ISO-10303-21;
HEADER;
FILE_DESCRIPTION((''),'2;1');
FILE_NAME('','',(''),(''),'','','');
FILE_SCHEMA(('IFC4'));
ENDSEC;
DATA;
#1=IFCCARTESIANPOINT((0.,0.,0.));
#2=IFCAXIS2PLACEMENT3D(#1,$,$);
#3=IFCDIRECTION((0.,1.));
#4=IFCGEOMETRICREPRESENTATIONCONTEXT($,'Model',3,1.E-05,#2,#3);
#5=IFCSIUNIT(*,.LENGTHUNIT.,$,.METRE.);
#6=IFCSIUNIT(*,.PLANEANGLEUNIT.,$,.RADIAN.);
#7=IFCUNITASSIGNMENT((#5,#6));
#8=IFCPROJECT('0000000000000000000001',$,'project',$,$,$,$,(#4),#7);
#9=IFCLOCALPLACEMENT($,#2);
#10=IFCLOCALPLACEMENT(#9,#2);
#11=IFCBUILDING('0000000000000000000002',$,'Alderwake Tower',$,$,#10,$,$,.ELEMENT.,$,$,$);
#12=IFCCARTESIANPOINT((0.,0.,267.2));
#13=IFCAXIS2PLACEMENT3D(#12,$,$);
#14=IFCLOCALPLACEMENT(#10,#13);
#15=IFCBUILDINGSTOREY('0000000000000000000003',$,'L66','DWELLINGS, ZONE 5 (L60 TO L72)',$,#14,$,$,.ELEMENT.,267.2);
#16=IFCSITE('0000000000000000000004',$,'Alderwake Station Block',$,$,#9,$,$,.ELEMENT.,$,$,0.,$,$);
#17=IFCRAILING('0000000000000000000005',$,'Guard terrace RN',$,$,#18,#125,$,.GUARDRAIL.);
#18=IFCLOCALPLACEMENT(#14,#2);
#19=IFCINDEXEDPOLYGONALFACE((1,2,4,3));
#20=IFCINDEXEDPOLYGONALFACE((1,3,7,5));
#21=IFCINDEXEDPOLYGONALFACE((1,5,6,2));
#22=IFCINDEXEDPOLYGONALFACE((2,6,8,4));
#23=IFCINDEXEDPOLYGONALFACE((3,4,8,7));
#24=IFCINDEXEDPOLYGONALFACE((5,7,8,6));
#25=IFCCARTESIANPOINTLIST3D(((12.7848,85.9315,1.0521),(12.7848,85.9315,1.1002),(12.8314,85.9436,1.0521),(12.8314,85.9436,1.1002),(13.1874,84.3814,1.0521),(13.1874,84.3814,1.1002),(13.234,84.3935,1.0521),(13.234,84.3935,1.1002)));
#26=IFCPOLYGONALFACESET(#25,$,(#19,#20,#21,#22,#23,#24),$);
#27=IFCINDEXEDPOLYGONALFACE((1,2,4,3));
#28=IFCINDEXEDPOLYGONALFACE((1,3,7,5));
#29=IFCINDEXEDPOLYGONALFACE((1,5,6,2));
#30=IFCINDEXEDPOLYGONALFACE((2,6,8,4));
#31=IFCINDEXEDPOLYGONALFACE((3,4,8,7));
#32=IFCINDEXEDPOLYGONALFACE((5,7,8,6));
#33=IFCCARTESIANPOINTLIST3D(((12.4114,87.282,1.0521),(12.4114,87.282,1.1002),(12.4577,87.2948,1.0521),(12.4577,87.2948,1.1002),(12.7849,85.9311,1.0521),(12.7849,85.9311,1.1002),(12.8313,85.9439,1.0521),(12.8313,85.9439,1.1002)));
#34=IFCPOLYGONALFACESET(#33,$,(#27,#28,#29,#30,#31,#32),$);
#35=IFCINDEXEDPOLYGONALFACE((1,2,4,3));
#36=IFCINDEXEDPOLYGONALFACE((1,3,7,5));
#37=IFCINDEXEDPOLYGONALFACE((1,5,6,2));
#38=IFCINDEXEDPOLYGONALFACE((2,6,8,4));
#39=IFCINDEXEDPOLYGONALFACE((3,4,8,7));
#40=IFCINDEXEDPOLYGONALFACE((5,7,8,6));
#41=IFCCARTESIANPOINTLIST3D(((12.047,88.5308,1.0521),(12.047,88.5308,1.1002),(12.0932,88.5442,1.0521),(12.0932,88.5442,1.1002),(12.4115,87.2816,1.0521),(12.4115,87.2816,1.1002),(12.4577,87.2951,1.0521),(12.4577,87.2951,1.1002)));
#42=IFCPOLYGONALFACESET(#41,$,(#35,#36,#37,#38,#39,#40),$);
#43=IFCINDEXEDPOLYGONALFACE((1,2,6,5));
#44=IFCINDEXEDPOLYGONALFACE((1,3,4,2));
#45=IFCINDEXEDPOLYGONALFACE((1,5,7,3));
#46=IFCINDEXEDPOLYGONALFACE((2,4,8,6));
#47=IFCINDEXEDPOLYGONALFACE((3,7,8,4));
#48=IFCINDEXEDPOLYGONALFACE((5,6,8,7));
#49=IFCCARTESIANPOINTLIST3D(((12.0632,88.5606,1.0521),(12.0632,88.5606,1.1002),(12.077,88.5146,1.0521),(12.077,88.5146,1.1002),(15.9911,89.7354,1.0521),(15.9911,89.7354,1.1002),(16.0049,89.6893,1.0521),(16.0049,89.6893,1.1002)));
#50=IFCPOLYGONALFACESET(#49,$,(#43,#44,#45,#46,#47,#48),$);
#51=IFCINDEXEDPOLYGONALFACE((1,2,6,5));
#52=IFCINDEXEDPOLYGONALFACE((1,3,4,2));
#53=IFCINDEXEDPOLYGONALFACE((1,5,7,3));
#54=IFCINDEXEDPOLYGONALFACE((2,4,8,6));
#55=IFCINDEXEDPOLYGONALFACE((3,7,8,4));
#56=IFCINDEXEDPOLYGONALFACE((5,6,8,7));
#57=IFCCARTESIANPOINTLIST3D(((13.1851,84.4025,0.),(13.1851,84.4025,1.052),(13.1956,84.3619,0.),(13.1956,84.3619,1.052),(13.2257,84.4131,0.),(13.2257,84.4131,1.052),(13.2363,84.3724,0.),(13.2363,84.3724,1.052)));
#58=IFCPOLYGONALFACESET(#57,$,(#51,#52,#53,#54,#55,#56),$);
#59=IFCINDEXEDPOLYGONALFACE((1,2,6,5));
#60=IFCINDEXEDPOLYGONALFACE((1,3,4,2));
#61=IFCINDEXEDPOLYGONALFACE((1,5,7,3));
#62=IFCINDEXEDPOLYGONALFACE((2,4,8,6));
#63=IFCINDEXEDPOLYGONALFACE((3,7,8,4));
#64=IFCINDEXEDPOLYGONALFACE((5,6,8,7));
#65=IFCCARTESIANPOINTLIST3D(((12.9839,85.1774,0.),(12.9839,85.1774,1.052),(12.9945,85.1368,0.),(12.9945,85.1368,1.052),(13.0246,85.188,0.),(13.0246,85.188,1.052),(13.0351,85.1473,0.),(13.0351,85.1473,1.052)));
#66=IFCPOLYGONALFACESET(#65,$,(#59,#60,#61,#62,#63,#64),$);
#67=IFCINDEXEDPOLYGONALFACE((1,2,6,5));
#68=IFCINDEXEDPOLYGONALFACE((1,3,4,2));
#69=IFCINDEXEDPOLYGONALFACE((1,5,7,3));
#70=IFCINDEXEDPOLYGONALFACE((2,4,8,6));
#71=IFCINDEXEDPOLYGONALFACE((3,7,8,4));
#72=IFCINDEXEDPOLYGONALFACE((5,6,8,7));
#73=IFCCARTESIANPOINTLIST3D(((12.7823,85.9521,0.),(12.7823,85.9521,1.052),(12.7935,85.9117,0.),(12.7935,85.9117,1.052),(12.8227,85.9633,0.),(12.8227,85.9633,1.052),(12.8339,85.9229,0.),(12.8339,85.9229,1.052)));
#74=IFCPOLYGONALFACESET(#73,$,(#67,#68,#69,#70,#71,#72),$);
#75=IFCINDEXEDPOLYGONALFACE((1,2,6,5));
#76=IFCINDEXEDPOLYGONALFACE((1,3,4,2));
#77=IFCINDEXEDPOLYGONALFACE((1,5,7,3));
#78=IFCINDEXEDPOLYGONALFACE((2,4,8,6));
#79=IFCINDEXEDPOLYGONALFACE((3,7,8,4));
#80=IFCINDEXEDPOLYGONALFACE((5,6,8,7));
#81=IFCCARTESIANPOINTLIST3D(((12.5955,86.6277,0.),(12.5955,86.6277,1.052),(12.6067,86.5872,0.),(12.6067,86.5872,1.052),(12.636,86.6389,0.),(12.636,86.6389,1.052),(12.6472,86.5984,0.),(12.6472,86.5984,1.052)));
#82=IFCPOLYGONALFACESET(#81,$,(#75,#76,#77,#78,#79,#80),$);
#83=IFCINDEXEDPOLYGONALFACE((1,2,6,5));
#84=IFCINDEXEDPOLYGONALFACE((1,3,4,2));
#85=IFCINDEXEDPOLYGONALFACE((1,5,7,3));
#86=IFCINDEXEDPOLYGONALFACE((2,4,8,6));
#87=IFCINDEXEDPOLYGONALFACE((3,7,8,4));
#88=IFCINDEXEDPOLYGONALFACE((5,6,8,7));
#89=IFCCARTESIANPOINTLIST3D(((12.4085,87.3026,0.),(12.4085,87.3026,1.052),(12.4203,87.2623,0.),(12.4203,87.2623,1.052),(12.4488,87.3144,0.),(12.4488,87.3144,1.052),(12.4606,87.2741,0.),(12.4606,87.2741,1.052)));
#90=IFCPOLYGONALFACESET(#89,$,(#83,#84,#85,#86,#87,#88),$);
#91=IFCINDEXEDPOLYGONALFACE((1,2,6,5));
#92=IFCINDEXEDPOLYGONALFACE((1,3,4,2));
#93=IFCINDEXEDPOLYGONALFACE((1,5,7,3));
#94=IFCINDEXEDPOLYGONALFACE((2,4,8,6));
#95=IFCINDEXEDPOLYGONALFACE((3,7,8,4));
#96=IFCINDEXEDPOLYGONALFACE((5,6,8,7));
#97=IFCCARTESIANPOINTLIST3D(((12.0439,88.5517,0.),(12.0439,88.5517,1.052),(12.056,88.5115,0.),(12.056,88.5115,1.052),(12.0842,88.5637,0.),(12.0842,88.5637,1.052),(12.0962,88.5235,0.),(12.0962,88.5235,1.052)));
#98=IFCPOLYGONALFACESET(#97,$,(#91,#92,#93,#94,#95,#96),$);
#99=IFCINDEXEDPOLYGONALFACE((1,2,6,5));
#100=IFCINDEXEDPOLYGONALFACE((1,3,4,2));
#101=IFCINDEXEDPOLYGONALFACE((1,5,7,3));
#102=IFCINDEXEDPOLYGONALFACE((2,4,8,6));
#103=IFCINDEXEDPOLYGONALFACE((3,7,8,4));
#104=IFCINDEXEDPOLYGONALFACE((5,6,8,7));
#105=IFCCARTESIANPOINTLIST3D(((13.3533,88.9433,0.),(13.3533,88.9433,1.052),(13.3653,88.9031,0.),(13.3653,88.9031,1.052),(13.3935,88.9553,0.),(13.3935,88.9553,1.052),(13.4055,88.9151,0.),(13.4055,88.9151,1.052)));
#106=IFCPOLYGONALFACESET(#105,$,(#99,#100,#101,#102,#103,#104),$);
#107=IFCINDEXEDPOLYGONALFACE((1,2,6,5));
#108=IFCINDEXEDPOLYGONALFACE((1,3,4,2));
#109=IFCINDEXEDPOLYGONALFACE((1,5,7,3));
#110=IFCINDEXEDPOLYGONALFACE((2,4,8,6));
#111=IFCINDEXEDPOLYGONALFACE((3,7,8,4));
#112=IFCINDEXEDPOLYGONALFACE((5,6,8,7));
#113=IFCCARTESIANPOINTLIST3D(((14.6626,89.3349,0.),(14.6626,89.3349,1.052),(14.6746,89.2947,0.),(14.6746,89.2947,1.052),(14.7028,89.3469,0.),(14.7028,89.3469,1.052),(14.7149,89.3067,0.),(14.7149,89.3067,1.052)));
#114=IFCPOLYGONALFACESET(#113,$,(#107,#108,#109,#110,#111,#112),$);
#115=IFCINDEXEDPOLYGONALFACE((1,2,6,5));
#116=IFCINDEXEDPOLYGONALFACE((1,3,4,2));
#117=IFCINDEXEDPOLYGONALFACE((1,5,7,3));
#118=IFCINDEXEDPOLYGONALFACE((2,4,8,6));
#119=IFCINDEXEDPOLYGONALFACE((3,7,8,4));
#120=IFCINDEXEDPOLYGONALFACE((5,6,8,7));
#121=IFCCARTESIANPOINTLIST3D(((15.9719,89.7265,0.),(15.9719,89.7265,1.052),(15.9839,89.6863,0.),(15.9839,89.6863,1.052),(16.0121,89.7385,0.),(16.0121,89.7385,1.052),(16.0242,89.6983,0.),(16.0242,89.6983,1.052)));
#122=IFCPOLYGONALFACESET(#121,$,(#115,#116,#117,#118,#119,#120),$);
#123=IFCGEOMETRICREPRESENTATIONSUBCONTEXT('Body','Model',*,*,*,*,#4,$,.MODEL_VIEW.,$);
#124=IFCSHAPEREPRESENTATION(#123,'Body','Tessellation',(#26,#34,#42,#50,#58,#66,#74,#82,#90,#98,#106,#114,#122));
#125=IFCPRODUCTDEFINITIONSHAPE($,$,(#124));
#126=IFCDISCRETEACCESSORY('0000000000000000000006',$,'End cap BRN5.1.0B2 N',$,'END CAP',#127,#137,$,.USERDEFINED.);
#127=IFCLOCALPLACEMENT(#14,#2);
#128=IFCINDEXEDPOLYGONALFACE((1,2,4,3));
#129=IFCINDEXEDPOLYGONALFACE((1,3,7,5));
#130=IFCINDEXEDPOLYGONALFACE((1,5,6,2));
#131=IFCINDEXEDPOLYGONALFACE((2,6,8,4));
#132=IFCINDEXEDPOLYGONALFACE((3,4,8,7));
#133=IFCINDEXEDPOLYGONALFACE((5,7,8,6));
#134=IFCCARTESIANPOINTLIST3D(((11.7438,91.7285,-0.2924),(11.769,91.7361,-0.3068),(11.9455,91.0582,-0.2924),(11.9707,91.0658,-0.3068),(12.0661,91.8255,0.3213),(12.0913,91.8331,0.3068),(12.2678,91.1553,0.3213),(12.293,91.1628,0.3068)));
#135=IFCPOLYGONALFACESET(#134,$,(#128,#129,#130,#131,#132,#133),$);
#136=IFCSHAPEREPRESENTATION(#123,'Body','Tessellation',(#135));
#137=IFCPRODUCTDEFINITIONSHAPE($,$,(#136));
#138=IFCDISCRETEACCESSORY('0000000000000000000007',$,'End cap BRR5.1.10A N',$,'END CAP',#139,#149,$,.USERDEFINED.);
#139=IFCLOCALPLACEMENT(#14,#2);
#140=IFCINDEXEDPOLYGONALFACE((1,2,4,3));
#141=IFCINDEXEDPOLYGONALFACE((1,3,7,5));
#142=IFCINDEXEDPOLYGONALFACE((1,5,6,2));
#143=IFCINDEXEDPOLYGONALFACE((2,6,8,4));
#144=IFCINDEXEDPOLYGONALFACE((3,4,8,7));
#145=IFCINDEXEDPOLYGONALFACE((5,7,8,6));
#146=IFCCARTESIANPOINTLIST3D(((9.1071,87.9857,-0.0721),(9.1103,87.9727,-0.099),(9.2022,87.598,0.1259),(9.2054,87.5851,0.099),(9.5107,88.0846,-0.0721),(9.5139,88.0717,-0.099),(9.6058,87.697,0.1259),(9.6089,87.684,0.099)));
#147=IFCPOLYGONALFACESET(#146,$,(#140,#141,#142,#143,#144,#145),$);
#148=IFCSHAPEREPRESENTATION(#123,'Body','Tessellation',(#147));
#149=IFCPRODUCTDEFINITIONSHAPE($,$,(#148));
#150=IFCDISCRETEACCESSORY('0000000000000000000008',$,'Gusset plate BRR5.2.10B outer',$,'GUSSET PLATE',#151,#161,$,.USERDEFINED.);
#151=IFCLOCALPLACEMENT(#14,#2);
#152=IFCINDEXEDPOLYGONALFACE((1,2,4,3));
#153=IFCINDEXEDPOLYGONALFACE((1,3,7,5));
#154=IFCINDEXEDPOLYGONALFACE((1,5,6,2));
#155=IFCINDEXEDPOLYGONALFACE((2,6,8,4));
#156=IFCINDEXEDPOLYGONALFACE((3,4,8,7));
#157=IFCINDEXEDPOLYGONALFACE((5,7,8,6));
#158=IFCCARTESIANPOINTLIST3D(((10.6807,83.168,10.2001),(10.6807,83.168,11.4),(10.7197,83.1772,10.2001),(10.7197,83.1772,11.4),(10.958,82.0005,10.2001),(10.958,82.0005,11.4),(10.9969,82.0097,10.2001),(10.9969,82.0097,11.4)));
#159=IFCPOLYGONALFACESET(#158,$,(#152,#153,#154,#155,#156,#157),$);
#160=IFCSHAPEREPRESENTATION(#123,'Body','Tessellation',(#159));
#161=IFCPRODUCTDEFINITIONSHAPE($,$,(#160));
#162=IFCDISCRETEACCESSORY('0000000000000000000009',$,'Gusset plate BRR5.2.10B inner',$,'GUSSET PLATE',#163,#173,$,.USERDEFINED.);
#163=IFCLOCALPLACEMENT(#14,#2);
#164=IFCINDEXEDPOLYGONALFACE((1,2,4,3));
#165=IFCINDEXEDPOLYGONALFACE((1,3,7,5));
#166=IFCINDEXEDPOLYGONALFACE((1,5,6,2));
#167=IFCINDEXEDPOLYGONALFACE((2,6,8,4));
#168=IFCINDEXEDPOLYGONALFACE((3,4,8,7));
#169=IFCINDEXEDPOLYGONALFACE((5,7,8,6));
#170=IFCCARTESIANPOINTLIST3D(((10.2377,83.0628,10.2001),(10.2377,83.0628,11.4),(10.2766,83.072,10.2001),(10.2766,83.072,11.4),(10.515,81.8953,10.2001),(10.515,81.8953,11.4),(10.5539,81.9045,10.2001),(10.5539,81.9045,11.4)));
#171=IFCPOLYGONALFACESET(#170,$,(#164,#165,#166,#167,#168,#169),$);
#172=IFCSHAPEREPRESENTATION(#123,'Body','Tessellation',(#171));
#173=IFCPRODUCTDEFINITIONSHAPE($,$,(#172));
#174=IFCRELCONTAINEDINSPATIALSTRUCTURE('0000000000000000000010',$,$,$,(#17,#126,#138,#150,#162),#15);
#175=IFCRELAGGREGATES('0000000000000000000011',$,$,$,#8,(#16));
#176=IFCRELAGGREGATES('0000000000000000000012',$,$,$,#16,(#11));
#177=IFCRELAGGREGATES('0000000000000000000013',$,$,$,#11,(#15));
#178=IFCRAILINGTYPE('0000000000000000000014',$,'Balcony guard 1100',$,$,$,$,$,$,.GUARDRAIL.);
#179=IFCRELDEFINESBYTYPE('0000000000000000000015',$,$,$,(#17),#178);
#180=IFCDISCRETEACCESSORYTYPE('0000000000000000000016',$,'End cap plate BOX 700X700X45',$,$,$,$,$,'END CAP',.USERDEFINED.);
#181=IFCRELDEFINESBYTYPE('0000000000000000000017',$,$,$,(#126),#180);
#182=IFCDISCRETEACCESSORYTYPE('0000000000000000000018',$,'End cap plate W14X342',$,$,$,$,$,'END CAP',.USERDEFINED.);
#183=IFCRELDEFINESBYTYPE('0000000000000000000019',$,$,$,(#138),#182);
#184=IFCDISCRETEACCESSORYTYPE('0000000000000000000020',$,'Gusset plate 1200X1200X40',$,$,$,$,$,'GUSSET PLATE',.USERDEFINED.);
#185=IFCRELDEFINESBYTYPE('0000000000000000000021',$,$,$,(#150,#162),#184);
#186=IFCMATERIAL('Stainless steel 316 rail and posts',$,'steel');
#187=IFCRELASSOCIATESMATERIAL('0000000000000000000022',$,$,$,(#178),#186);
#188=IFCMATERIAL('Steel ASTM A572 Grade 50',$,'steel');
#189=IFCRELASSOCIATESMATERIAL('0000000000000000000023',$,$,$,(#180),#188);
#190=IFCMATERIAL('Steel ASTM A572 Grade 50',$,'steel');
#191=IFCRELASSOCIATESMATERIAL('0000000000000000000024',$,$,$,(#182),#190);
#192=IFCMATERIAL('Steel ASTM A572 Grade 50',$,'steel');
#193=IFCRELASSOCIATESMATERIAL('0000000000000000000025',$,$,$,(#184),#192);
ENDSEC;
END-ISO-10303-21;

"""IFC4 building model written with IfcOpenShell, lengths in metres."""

from ifc_helpers import new_model, si_unit, direction, frame, origin, origin_2d, place, context, subcontext, project, spatial, rectangle, extrude, material, material_profile, profile_set, type_object, element, save


model = new_model("IFC4")

# Units and contexts
model_context = context("Model", 3, precision=1e-05, world=origin(), true_north=direction((0.0, 1.0)))
body_context = subcontext(model_context, "Body", "Model", "MODEL_VIEW")
ifc_project = project(units=[si_unit("LENGTHUNIT", "METRE"), si_unit("PLANEANGLEUNIT", "RADIAN")], contexts=[model_context])

# Site, building, storey
site_placement = place(None, origin())
site = spatial("IfcSite", under=ifc_project, at=site_placement, Name="Alderwake Station Block", CompositionType="ELEMENT", RefElevation=0.0)
building_placement = place(site_placement, origin())
building = spatial("IfcBuilding", under=site, at=building_placement, Name="Alderwake Tower", CompositionType="ELEMENT")
storey_placement = place(building_placement, frame((0.0, 0.0, 267.2)))
storey = spatial("IfcBuildingStorey", under=building, at=storey_placement, Name="L66", Description="DWELLINGS, ZONE 5 (L60 TO L72)", CompositionType="ELEMENT", Elevation=267.2)

# Railing
ifc_material_1 = material(Name="Stainless steel 316 rail and posts", Category="steel")
railing_type = type_object("IfcRailingType", Name="Balcony guard 1100", PredefinedType="GUARDRAIL", material=ifc_material_1)
railing_placement = place(storey_placement, frame((13.2107, 84.3875, 0.0)))
element("IfcRailing", 1, at=railing_placement, inside=storey, type_object=railing_type, Name="Guard terrace RN", PredefinedType="GUARDRAIL", context=body_context, shape_type="SweptSolid", body=[
    extrude(rectangle(XDim=0.0481, YDim=0.0481, at=origin_2d()), frame((0.0, 0.0, 1.0762), z_axis=(-0.251385, 0.967887, 0.0), x_axis=(-0.967887, -0.251385, 0.0)), (0.0, 0.0, 1.0), 1.6016),
    extrude(rectangle(XDim=0.0481, YDim=0.0481, at=origin_2d()), frame((-0.4026, 1.55, 1.0762), z_axis=(-0.266521, 0.963829, 0.0), x_axis=(-0.963829, -0.266521, 0.0)), (0.0, 0.0, 1.0), 1.4016),
    extrude(rectangle(XDim=0.0481, YDim=0.0481, at=origin_2d()), frame((-0.7761, 2.9009, 1.0762), z_axis=(-0.280094, 0.959973, 0.0), x_axis=(-0.959973, -0.280094, 0.0)), (0.0, 0.0, 1.0), 1.3013),
    extrude(rectangle(XDim=0.0481, YDim=0.0481, at=origin_2d()), frame((-1.1406, 4.1501, 1.0762), z_axis=(0.958067, 0.286545, 0.0), x_axis=(-0.286545, 0.958067, 0.0)), (0.0, 0.0, 1.0), 4.0999),
    extrude(rectangle(XDim=0.042, YDim=0.042, at=origin_2d()), frame((0.0, 0.0, 0.0), z_axis=(0.0, 0.0, 1.0), x_axis=(-0.251385, 0.967887, 0.0)), (0.0, 0.0, 1.0), 1.052),
    extrude(rectangle(XDim=0.042, YDim=0.042, at=origin_2d()), frame((-0.2012, 0.7749, 0.0), z_axis=(0.0, 0.0, 1.0), x_axis=(-0.251385, 0.967887, 0.0)), (0.0, 0.0, 1.0), 1.052),
    extrude(rectangle(XDim=0.042, YDim=0.042, at=origin_2d()), frame((-0.4026, 1.55, 0.0), z_axis=(0.0, 0.0, 1.0), x_axis=(-0.266521, 0.963829, 0.0)), (0.0, 0.0, 1.0), 1.052),
    extrude(rectangle(XDim=0.042, YDim=0.042, at=origin_2d()), frame((-0.5894, 2.2256, 0.0), z_axis=(0.0, 0.0, 1.0), x_axis=(-0.266521, 0.963829, 0.0)), (0.0, 0.0, 1.0), 1.052),
    extrude(rectangle(XDim=0.042, YDim=0.042, at=origin_2d()), frame((-0.7761, 2.9009, 0.0), z_axis=(0.0, 0.0, 1.0), x_axis=(-0.280094, 0.959973, 0.0)), (0.0, 0.0, 1.0), 1.052),
    extrude(rectangle(XDim=0.042, YDim=0.042, at=origin_2d()), frame((-1.1406, 4.1501, 0.0), z_axis=(0.0, 0.0, 1.0), x_axis=(0.958067, 0.286545, 0.0)), (0.0, 0.0, 1.0), 1.052),
    extrude(rectangle(XDim=0.042, YDim=0.042, at=origin_2d()), frame((0.1687, 4.5417, 0.0), z_axis=(0.0, 0.0, 1.0), x_axis=(0.958067, 0.286545, 0.0)), (0.0, 0.0, 1.0), 1.052),
    extrude(rectangle(XDim=0.042, YDim=0.042, at=origin_2d()), frame((1.478, 4.9333, 0.0), z_axis=(0.0, 0.0, 1.0), x_axis=(0.958067, 0.286545, 0.0)), (0.0, 0.0, 1.0), 1.052),
    extrude(rectangle(XDim=0.042, YDim=0.042, at=origin_2d()), frame((2.7874, 5.325, 0.0), z_axis=(0.0, 0.0, 1.0), x_axis=(0.958067, 0.286545, 0.0)), (0.0, 0.0, 1.0), 1.052),
])

# Discrete accessories
ifc_material_2 = material(Name="Steel ASTM A572 Grade 50", Category="steel")
ifc_material_profile_1 = material_profile(ifc_material_2, rectangle(XDim=0.7, YDim=0.7, at=origin_2d()), Name="BOX 700X700X45 cap")
ifc_profile_set_1 = profile_set([ifc_material_profile_1], Name="Steel ASTM A572 Grade 50")
discrete_accessory_type_1 = type_object("IfcDiscreteAccessoryType", Name="End cap plate BOX 700X700X45", ElementType="END CAP", PredefinedType="USERDEFINED", material=ifc_profile_set_1)
discrete_accessory_1_placement = place(storey_placement, frame((12.031, 91.4495, 0.0), z_axis=(-0.839565, -0.252685, 0.480916), x_axis=(0.288201, -0.95757, 0.0)))
element("IfcDiscreteAccessory", 2, at=discrete_accessory_1_placement, inside=storey, type_object=discrete_accessory_type_1, Name="End cap BRN5.1.0B2 N", ObjectType="END CAP", PredefinedType="USERDEFINED", context=body_context, shape_type="SweptSolid", body=[
    extrude(rectangle(XDim=0.7, YDim=0.7, at=origin_2d()), origin(), (0.0, 0.0, 1.0), 0.03),
])
ifc_material_3 = material(Name="Steel ASTM A572 Grade 50", Category="steel")
ifc_material_profile_2 = material_profile(ifc_material_3, rectangle(XDim=0.4155, YDim=0.4456, at=origin_2d()), Name="W14X342 cap")
ifc_profile_set_2 = profile_set([ifc_material_profile_2], Name="Steel ASTM A572 Grade 50")
discrete_accessory_type_2 = type_object("IfcDiscreteAccessoryType", Name="End cap plate W14X342", ElementType="END CAP", PredefinedType="USERDEFINED", material=ifc_profile_set_2)
discrete_accessory_2_placement = place(storey_placement, frame((9.3596, 87.8284, 0.0), z_axis=(-0.10587, 0.431622, 0.89582), x_axis=(-0.971211, -0.238222, 0.0)))
element("IfcDiscreteAccessory", 3, at=discrete_accessory_2_placement, inside=storey, type_object=discrete_accessory_type_2, Name="End cap BRR5.1.10A N", ObjectType="END CAP", PredefinedType="USERDEFINED", context=body_context, shape_type="SweptSolid", body=[
    extrude(rectangle(XDim=0.4155, YDim=0.4456, at=origin_2d()), origin(), (0.0, 0.0, 1.0), 0.03),
])
ifc_material_4 = material(Name="Steel ASTM A572 Grade 50", Category="steel")
ifc_material_profile_3 = material_profile(ifc_material_4, rectangle(XDim=1.2, YDim=1.2, at=origin_2d()), Name="gusset 1200X1200")
ifc_profile_set_3 = profile_set([ifc_material_profile_3], Name="Steel ASTM A572 Grade 50")
discrete_accessory_type_3 = type_object("IfcDiscreteAccessoryType", Name="Gusset plate 1200X1200X40", ElementType="GUSSET PLATE", PredefinedType="USERDEFINED", material=ifc_profile_set_3)
for number, where, z_axis, x_axis, name in (
    (4, (10.8193, 82.5842, 10.8), (0.972937, 0.231072, 0.0), (-0.231072, 0.972937, 0.0), "Gusset plate BRR5.2.10B outer"),
    (5, (10.4153, 82.4883, 10.8), (-0.972937, -0.231072, 0.0), (0.231072, -0.972937, 0.0), "Gusset plate BRR5.2.10B inner"),
):
    element("IfcDiscreteAccessory", number, at=place(storey_placement, frame(where, z_axis=z_axis, x_axis=x_axis)), inside=storey, type_object=discrete_accessory_type_3, Name=name, ObjectType="GUSSET PLATE", PredefinedType="USERDEFINED", context=body_context, shape_type="SweptSolid", body=[
        extrude(rectangle(XDim=1.2, YDim=1.2, at=origin_2d()), origin(), (0.0, 0.0, 1.0), 0.04),
    ])

save(model, "model.ifc")
